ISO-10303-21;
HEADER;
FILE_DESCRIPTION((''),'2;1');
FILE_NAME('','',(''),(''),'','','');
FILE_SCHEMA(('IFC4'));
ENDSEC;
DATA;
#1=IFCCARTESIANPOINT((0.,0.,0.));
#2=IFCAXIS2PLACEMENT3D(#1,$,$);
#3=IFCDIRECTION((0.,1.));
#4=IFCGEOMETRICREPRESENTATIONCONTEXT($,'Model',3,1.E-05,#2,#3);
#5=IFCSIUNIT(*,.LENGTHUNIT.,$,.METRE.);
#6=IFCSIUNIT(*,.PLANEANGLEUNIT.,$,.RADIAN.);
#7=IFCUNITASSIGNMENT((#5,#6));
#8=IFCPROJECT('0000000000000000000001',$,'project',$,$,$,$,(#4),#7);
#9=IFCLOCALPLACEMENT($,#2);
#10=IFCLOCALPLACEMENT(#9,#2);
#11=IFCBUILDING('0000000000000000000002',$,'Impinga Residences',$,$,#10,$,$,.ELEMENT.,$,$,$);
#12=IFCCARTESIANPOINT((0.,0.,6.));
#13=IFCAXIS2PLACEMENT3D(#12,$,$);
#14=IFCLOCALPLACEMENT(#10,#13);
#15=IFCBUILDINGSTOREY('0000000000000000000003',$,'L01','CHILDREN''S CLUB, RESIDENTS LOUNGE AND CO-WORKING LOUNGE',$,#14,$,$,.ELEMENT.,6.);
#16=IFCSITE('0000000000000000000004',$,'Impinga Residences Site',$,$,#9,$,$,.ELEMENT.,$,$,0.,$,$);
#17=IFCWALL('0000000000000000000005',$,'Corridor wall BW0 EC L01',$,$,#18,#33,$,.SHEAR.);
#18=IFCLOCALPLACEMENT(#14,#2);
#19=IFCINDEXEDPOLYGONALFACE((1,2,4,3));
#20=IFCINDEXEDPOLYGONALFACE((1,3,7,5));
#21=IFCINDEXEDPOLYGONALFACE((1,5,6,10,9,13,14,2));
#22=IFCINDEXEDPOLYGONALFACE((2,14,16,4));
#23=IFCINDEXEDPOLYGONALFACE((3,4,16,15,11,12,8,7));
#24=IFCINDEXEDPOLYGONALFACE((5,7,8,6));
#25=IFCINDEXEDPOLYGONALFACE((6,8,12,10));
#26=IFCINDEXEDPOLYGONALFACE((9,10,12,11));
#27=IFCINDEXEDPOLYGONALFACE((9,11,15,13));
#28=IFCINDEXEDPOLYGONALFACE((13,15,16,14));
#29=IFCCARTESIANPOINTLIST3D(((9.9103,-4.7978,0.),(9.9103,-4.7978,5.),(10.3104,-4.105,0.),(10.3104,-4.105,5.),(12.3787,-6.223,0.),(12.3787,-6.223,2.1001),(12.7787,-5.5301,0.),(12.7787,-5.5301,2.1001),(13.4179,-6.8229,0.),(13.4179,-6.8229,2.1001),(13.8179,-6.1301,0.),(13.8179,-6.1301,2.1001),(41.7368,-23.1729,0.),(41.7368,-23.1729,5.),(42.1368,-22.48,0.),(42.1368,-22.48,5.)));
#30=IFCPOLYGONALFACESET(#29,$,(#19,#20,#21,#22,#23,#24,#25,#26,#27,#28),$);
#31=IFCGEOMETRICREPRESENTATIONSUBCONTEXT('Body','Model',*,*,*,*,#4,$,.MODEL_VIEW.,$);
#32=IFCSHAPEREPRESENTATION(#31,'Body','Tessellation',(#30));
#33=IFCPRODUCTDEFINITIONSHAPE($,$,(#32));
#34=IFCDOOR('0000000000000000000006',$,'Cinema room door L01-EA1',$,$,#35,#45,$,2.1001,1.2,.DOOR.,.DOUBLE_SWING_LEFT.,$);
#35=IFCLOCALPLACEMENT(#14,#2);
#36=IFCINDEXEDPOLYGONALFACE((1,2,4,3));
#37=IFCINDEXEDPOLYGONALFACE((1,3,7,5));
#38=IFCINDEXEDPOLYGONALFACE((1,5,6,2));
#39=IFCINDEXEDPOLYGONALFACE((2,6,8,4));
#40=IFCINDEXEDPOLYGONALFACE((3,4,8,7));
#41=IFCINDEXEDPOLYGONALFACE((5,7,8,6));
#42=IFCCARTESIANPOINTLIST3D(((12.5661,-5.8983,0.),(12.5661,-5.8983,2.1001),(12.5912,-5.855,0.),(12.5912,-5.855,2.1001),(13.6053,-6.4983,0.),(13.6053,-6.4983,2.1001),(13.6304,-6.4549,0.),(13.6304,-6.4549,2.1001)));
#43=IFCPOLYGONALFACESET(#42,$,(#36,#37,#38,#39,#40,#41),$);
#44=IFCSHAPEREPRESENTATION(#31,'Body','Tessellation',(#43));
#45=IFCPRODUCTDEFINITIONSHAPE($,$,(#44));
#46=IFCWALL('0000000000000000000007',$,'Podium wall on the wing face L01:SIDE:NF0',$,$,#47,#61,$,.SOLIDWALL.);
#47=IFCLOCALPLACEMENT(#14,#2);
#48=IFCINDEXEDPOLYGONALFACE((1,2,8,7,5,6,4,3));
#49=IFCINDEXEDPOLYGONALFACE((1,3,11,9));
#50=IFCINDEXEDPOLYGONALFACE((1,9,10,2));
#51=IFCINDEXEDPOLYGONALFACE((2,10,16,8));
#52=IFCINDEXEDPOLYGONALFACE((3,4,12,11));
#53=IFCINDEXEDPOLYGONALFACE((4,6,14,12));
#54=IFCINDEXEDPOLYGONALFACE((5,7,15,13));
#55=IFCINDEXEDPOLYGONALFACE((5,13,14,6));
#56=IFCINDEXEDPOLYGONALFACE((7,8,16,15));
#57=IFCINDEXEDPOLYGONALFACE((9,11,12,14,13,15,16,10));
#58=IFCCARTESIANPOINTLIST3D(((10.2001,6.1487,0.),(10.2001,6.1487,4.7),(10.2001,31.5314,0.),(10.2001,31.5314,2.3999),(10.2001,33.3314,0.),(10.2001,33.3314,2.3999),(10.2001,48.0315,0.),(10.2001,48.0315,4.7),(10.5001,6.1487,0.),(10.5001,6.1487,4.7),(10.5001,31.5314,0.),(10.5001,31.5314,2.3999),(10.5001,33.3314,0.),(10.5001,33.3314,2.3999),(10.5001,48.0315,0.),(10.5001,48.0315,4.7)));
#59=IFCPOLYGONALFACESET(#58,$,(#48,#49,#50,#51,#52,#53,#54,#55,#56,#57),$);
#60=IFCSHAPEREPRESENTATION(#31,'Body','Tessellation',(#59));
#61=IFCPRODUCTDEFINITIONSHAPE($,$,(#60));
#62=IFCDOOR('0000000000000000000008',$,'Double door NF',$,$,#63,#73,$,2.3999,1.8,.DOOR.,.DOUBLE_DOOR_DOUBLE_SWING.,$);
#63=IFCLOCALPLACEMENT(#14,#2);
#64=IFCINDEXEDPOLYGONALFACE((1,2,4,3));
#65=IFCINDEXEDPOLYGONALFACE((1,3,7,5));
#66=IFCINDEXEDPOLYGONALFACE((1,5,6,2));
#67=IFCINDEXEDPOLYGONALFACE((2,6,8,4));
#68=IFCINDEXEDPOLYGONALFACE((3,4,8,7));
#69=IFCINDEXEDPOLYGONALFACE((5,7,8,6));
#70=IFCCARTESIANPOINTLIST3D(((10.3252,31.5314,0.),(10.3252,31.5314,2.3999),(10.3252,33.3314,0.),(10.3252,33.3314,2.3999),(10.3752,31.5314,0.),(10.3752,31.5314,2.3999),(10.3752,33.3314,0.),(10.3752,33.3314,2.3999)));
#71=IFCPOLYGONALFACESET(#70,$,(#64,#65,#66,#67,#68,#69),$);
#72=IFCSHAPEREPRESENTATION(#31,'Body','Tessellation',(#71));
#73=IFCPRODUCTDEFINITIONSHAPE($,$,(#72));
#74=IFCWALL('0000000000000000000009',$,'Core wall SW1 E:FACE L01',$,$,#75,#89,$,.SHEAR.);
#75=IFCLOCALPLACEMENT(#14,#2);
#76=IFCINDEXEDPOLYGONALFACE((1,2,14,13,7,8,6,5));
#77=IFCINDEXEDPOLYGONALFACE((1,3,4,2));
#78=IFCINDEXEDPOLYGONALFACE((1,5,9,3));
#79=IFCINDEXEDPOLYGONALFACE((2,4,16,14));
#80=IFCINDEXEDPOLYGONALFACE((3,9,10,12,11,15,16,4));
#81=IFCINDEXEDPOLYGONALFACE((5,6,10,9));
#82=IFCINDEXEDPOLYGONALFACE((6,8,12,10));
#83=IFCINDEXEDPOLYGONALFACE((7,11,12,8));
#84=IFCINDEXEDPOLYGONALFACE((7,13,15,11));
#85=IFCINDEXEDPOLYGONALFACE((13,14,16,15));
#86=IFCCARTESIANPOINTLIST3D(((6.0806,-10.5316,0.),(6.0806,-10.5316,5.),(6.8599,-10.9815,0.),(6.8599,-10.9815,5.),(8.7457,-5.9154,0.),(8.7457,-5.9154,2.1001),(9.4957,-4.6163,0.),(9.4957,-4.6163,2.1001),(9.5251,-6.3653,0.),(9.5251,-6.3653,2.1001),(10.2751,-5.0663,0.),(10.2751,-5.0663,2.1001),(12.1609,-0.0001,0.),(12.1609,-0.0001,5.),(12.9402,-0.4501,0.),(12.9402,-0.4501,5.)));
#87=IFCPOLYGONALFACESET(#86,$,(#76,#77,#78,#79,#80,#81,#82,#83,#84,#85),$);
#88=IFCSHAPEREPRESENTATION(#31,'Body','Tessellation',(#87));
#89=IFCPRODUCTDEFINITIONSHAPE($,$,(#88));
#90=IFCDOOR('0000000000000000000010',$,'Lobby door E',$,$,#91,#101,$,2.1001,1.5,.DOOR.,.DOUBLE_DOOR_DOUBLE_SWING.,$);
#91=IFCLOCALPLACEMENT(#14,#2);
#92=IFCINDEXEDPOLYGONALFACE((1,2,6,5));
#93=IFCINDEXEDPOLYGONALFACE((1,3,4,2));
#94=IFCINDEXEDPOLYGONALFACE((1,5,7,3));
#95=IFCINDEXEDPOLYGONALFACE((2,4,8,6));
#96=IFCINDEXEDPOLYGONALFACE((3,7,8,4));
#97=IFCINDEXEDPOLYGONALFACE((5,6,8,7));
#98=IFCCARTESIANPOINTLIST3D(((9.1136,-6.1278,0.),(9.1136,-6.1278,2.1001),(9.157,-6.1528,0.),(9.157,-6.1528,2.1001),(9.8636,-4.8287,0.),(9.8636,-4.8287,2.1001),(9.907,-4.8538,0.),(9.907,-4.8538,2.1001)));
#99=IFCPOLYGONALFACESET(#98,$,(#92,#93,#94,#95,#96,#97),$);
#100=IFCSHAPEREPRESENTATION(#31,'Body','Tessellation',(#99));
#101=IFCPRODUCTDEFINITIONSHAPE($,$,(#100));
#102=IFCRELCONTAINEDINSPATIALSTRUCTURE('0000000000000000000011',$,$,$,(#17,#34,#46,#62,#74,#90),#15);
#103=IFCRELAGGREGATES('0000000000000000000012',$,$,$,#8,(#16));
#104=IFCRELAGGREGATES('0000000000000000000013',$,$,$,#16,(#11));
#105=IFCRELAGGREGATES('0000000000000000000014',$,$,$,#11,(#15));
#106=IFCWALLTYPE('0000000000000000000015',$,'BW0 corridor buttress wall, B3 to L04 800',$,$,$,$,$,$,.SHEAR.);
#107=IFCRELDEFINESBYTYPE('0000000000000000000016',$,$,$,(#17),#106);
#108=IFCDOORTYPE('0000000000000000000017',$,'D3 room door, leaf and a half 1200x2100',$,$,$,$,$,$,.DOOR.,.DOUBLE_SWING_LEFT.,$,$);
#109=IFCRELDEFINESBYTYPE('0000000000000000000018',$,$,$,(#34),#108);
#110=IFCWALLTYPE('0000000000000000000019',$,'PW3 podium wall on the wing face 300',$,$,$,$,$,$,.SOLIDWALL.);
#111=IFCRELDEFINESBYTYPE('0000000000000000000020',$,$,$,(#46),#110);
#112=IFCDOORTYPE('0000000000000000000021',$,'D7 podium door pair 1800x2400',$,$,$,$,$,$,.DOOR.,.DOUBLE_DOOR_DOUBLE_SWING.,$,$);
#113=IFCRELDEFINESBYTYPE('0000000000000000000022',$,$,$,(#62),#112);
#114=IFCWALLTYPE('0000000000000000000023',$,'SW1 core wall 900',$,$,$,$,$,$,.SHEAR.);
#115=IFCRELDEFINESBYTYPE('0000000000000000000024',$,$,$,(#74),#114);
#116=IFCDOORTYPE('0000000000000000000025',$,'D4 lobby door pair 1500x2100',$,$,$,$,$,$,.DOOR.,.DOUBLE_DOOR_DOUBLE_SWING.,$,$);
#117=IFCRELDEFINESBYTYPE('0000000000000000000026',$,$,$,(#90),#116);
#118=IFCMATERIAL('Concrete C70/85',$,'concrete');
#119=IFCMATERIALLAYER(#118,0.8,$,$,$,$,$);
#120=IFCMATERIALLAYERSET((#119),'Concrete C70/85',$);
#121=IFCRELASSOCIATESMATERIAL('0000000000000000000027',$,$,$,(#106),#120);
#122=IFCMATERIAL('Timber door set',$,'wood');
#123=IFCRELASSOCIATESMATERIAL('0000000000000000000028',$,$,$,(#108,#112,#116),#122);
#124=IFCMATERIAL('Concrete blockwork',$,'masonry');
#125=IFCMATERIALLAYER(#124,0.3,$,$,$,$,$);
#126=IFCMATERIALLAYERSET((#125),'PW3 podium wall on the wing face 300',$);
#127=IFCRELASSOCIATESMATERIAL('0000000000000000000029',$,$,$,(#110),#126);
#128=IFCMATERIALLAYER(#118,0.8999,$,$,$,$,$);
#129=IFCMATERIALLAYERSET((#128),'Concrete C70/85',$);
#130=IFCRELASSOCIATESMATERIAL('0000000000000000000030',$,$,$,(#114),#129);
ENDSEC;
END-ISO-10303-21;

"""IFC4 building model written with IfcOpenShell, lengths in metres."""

from ifc_helpers import new_model, si_unit, direction, frame, frame_2d, origin, place, context, subcontext, project, spatial, rectangle, extrude, material, layer, layer_set, type_object, element, fill, save


model = new_model("IFC4")

# Units and contexts
model_context = context("Model", 3, precision=1e-05, world=origin(), true_north=direction((0.0, 1.0)))
body_context = subcontext(model_context, "Body", "Model", "MODEL_VIEW")
ifc_project = project(units=[si_unit("LENGTHUNIT", "METRE"), si_unit("PLANEANGLEUNIT", "RADIAN")], contexts=[model_context])

# Site, building, storey
site_placement = place(None, origin())
site = spatial("IfcSite", under=ifc_project, at=site_placement, Name="Impinga Residences Site", CompositionType="ELEMENT", RefElevation=0.0)
building_placement = place(site_placement, origin())
building = spatial("IfcBuilding", under=site, at=building_placement, Name="Impinga Residences", CompositionType="ELEMENT")
storey_placement = place(building_placement, frame((0.0, 0.0, 6.0)))
storey = spatial("IfcBuildingStorey", under=building, at=storey_placement, Name="L01", Description="CHILDREN'S CLUB, RESIDENTS LOUNGE AND CO-WORKING LOUNGE", CompositionType="ELEMENT", Elevation=6.0)

# Shared definitions
ifc_material_1 = material(Name="Concrete C70/85", Category="concrete")

# Walls, openings, doors
ifc_layer_1 = layer(ifc_material_1, 0.8)
ifc_layer_set_1 = layer_set([ifc_layer_1], Name="Concrete C70/85")
wall_type_1 = type_object("IfcWallType", Name="BW0 corridor buttress wall, B3 to L04 800", PredefinedType="SHEAR", material=ifc_layer_set_1)
wall_1_placement = place(storey_placement, frame((10.1104, -4.4514, 0.0), z_axis=(0.0, 0.0, 1.0), x_axis=(0.866025, -0.5, 0.0)))
wall_1 = element("IfcWall", 1, at=wall_1_placement, inside=storey, type_object=wall_type_1, Name="Corridor wall BW0 EC L01", PredefinedType="SHEAR", context=body_context, shape_type="SweptSolid", body=[
    extrude(rectangle(XDim=36.75, YDim=0.8, at=frame_2d((18.375, 0.0))), origin(), (0.0, 0.0, 1.0), 5.0),
])
opening_1_placement = place(wall_1_placement, frame((2.8501, 0.0, 0.0)))
opening_1 = element("IfcOpeningElement", 2, at=opening_1_placement, cuts=wall_1, PredefinedType="OPENING", context=body_context, shape_type="SweptSolid", body=[
    extrude(rectangle(XDim=1.2, YDim=2.1001, at=frame_2d((0.6001, 1.05))), frame((0.0, 0.4099, 0.0), z_axis=(0.0, -1.0, 0.0), x_axis=(1.0, 0.0, 0.0)), (0.0, 0.0, 1.0), 0.8201),
])
ifc_material_2 = material(Name="Timber door set", Category="wood")
door_type_1 = type_object("IfcDoorType", Name="D3 room door, leaf and a half 1200x2100", OperationType="DOUBLE_SWING_LEFT", PredefinedType="DOOR", material=ifc_material_2)
door_1_placement = place(opening_1_placement, origin())
door_1 = element("IfcDoor", 3, at=door_1_placement, inside=storey, type_object=door_type_1, Name="Cinema room door L01-EA1", OperationType="DOUBLE_SWING_LEFT", OverallHeight=2.1001, OverallWidth=1.2, PredefinedType="DOOR", context=body_context, shape_type="SweptSolid", body=[
    extrude(rectangle(XDim=1.2, YDim=2.1001, at=frame_2d((0.6001, 1.05))), frame((0.0, 0.0249, 0.0), z_axis=(0.0, -1.0, 0.0), x_axis=(1.0, 0.0, 0.0)), (0.0, 0.0, 1.0), 0.05),
])
fill(opening_1, door_1)
ifc_material_3 = material(Name="Concrete blockwork", Category="masonry")
ifc_layer_2 = layer(ifc_material_3, 0.3)
ifc_layer_set_2 = layer_set([ifc_layer_2], Name="PW3 podium wall on the wing face 300")
wall_type_2 = type_object("IfcWallType", Name="PW3 podium wall on the wing face 300", PredefinedType="SOLIDWALL", material=ifc_layer_set_2)
wall_2_placement = place(storey_placement, frame((10.3501, 6.1487, 0.0), z_axis=(0.0, 0.0, 1.0), x_axis=(0.0, 1.0, 0.0)))
wall_2 = element("IfcWall", 4, at=wall_2_placement, inside=storey, type_object=wall_type_2, Name="Podium wall on the wing face L01:SIDE:NF0", PredefinedType="SOLIDWALL", context=body_context, shape_type="SweptSolid", body=[
    extrude(rectangle(XDim=41.8828, YDim=0.3, at=frame_2d((20.9414, 0.0))), origin(), (0.0, 0.0, 1.0), 4.7),
])
opening_2_placement = place(wall_2_placement, frame((25.3828, 0.0, 0.0)))
opening_2 = element("IfcOpeningElement", 5, at=opening_2_placement, cuts=wall_2, PredefinedType="OPENING", context=body_context, shape_type="SweptSolid", body=[
    extrude(rectangle(XDim=1.8, YDim=2.3999, at=frame_2d((0.8999, 1.2))), frame((0.0, 0.1599, 0.0), z_axis=(0.0, -1.0, 0.0), x_axis=(1.0, 0.0, 0.0)), (0.0, 0.0, 1.0), 0.3201),
])
door_type_2 = type_object("IfcDoorType", Name="D7 podium door pair 1800x2400", OperationType="DOUBLE_DOOR_DOUBLE_SWING", PredefinedType="DOOR", material=ifc_material_2)
door_2_placement = place(opening_2_placement, origin())
door_2 = element("IfcDoor", 6, at=door_2_placement, inside=storey, type_object=door_type_2, Name="Double door NF", OperationType="DOUBLE_DOOR_DOUBLE_SWING", OverallHeight=2.3999, OverallWidth=1.8, PredefinedType="DOOR", context=body_context, shape_type="SweptSolid", body=[
    extrude(rectangle(XDim=1.8, YDim=2.3999, at=frame_2d((0.8999, 1.2))), frame((0.0, 0.0249, 0.0), z_axis=(0.0, -1.0, 0.0), x_axis=(1.0, 0.0, 0.0)), (0.0, 0.0, 1.0), 0.05),
])
fill(opening_2, door_2)
ifc_layer_3 = layer(ifc_material_1, 0.8999)
ifc_layer_set_3 = layer_set([ifc_layer_3], Name="Concrete C70/85")
wall_type_3 = type_object("IfcWallType", Name="SW1 core wall 900", PredefinedType="SHEAR", material=ifc_layer_set_3)
wall_3_placement = place(storey_placement, frame((12.5505, -0.2251, 0.0), z_axis=(0.0, 0.0, 1.0), x_axis=(-0.499998, -0.866027, 0.0)))
wall_3 = element("IfcWall", 7, at=wall_3_placement, inside=storey, type_object=wall_type_3, Name="Core wall SW1 E:FACE L01", PredefinedType="SHEAR", context=body_context, shape_type="SweptSolid", body=[
    extrude(rectangle(XDim=12.1606, YDim=0.8999, at=frame_2d((6.0803, 0.0))), origin(), (0.0, 0.0, 1.0), 5.0),
])
opening_3_placement = place(wall_3_placement, frame((5.3303, 0.0, 0.0)))
opening_3 = element("IfcOpeningElement", 8, at=opening_3_placement, cuts=wall_3, PredefinedType="OPENING", context=body_context, shape_type="SweptSolid", body=[
    extrude(rectangle(XDim=1.5, YDim=2.1001, at=frame_2d((0.75, 1.05))), frame((0.0, 0.46, 0.0), z_axis=(0.0, -1.0, 0.0), x_axis=(1.0, 0.0, 0.0)), (0.0, 0.0, 1.0), 0.9199),
])
door_type_3 = type_object("IfcDoorType", Name="D4 lobby door pair 1500x2100", OperationType="DOUBLE_DOOR_DOUBLE_SWING", PredefinedType="DOOR", material=ifc_material_2)
door_3_placement = place(opening_3_placement, origin())
door_3 = element("IfcDoor", 9, at=door_3_placement, inside=storey, type_object=door_type_3, Name="Lobby door E", OperationType="DOUBLE_DOOR_DOUBLE_SWING", OverallHeight=2.1001, OverallWidth=1.5, PredefinedType="DOOR", context=body_context, shape_type="SweptSolid", body=[
    extrude(rectangle(XDim=1.5, YDim=2.1001, at=frame_2d((0.75, 1.05))), frame((0.0, 0.0249, 0.0), z_axis=(0.0, -1.0, 0.0), x_axis=(1.0, 0.0, 0.0)), (0.0, 0.0, 1.0), 0.05),
])
fill(opening_3, door_3)

save(model, "model.ifc")
